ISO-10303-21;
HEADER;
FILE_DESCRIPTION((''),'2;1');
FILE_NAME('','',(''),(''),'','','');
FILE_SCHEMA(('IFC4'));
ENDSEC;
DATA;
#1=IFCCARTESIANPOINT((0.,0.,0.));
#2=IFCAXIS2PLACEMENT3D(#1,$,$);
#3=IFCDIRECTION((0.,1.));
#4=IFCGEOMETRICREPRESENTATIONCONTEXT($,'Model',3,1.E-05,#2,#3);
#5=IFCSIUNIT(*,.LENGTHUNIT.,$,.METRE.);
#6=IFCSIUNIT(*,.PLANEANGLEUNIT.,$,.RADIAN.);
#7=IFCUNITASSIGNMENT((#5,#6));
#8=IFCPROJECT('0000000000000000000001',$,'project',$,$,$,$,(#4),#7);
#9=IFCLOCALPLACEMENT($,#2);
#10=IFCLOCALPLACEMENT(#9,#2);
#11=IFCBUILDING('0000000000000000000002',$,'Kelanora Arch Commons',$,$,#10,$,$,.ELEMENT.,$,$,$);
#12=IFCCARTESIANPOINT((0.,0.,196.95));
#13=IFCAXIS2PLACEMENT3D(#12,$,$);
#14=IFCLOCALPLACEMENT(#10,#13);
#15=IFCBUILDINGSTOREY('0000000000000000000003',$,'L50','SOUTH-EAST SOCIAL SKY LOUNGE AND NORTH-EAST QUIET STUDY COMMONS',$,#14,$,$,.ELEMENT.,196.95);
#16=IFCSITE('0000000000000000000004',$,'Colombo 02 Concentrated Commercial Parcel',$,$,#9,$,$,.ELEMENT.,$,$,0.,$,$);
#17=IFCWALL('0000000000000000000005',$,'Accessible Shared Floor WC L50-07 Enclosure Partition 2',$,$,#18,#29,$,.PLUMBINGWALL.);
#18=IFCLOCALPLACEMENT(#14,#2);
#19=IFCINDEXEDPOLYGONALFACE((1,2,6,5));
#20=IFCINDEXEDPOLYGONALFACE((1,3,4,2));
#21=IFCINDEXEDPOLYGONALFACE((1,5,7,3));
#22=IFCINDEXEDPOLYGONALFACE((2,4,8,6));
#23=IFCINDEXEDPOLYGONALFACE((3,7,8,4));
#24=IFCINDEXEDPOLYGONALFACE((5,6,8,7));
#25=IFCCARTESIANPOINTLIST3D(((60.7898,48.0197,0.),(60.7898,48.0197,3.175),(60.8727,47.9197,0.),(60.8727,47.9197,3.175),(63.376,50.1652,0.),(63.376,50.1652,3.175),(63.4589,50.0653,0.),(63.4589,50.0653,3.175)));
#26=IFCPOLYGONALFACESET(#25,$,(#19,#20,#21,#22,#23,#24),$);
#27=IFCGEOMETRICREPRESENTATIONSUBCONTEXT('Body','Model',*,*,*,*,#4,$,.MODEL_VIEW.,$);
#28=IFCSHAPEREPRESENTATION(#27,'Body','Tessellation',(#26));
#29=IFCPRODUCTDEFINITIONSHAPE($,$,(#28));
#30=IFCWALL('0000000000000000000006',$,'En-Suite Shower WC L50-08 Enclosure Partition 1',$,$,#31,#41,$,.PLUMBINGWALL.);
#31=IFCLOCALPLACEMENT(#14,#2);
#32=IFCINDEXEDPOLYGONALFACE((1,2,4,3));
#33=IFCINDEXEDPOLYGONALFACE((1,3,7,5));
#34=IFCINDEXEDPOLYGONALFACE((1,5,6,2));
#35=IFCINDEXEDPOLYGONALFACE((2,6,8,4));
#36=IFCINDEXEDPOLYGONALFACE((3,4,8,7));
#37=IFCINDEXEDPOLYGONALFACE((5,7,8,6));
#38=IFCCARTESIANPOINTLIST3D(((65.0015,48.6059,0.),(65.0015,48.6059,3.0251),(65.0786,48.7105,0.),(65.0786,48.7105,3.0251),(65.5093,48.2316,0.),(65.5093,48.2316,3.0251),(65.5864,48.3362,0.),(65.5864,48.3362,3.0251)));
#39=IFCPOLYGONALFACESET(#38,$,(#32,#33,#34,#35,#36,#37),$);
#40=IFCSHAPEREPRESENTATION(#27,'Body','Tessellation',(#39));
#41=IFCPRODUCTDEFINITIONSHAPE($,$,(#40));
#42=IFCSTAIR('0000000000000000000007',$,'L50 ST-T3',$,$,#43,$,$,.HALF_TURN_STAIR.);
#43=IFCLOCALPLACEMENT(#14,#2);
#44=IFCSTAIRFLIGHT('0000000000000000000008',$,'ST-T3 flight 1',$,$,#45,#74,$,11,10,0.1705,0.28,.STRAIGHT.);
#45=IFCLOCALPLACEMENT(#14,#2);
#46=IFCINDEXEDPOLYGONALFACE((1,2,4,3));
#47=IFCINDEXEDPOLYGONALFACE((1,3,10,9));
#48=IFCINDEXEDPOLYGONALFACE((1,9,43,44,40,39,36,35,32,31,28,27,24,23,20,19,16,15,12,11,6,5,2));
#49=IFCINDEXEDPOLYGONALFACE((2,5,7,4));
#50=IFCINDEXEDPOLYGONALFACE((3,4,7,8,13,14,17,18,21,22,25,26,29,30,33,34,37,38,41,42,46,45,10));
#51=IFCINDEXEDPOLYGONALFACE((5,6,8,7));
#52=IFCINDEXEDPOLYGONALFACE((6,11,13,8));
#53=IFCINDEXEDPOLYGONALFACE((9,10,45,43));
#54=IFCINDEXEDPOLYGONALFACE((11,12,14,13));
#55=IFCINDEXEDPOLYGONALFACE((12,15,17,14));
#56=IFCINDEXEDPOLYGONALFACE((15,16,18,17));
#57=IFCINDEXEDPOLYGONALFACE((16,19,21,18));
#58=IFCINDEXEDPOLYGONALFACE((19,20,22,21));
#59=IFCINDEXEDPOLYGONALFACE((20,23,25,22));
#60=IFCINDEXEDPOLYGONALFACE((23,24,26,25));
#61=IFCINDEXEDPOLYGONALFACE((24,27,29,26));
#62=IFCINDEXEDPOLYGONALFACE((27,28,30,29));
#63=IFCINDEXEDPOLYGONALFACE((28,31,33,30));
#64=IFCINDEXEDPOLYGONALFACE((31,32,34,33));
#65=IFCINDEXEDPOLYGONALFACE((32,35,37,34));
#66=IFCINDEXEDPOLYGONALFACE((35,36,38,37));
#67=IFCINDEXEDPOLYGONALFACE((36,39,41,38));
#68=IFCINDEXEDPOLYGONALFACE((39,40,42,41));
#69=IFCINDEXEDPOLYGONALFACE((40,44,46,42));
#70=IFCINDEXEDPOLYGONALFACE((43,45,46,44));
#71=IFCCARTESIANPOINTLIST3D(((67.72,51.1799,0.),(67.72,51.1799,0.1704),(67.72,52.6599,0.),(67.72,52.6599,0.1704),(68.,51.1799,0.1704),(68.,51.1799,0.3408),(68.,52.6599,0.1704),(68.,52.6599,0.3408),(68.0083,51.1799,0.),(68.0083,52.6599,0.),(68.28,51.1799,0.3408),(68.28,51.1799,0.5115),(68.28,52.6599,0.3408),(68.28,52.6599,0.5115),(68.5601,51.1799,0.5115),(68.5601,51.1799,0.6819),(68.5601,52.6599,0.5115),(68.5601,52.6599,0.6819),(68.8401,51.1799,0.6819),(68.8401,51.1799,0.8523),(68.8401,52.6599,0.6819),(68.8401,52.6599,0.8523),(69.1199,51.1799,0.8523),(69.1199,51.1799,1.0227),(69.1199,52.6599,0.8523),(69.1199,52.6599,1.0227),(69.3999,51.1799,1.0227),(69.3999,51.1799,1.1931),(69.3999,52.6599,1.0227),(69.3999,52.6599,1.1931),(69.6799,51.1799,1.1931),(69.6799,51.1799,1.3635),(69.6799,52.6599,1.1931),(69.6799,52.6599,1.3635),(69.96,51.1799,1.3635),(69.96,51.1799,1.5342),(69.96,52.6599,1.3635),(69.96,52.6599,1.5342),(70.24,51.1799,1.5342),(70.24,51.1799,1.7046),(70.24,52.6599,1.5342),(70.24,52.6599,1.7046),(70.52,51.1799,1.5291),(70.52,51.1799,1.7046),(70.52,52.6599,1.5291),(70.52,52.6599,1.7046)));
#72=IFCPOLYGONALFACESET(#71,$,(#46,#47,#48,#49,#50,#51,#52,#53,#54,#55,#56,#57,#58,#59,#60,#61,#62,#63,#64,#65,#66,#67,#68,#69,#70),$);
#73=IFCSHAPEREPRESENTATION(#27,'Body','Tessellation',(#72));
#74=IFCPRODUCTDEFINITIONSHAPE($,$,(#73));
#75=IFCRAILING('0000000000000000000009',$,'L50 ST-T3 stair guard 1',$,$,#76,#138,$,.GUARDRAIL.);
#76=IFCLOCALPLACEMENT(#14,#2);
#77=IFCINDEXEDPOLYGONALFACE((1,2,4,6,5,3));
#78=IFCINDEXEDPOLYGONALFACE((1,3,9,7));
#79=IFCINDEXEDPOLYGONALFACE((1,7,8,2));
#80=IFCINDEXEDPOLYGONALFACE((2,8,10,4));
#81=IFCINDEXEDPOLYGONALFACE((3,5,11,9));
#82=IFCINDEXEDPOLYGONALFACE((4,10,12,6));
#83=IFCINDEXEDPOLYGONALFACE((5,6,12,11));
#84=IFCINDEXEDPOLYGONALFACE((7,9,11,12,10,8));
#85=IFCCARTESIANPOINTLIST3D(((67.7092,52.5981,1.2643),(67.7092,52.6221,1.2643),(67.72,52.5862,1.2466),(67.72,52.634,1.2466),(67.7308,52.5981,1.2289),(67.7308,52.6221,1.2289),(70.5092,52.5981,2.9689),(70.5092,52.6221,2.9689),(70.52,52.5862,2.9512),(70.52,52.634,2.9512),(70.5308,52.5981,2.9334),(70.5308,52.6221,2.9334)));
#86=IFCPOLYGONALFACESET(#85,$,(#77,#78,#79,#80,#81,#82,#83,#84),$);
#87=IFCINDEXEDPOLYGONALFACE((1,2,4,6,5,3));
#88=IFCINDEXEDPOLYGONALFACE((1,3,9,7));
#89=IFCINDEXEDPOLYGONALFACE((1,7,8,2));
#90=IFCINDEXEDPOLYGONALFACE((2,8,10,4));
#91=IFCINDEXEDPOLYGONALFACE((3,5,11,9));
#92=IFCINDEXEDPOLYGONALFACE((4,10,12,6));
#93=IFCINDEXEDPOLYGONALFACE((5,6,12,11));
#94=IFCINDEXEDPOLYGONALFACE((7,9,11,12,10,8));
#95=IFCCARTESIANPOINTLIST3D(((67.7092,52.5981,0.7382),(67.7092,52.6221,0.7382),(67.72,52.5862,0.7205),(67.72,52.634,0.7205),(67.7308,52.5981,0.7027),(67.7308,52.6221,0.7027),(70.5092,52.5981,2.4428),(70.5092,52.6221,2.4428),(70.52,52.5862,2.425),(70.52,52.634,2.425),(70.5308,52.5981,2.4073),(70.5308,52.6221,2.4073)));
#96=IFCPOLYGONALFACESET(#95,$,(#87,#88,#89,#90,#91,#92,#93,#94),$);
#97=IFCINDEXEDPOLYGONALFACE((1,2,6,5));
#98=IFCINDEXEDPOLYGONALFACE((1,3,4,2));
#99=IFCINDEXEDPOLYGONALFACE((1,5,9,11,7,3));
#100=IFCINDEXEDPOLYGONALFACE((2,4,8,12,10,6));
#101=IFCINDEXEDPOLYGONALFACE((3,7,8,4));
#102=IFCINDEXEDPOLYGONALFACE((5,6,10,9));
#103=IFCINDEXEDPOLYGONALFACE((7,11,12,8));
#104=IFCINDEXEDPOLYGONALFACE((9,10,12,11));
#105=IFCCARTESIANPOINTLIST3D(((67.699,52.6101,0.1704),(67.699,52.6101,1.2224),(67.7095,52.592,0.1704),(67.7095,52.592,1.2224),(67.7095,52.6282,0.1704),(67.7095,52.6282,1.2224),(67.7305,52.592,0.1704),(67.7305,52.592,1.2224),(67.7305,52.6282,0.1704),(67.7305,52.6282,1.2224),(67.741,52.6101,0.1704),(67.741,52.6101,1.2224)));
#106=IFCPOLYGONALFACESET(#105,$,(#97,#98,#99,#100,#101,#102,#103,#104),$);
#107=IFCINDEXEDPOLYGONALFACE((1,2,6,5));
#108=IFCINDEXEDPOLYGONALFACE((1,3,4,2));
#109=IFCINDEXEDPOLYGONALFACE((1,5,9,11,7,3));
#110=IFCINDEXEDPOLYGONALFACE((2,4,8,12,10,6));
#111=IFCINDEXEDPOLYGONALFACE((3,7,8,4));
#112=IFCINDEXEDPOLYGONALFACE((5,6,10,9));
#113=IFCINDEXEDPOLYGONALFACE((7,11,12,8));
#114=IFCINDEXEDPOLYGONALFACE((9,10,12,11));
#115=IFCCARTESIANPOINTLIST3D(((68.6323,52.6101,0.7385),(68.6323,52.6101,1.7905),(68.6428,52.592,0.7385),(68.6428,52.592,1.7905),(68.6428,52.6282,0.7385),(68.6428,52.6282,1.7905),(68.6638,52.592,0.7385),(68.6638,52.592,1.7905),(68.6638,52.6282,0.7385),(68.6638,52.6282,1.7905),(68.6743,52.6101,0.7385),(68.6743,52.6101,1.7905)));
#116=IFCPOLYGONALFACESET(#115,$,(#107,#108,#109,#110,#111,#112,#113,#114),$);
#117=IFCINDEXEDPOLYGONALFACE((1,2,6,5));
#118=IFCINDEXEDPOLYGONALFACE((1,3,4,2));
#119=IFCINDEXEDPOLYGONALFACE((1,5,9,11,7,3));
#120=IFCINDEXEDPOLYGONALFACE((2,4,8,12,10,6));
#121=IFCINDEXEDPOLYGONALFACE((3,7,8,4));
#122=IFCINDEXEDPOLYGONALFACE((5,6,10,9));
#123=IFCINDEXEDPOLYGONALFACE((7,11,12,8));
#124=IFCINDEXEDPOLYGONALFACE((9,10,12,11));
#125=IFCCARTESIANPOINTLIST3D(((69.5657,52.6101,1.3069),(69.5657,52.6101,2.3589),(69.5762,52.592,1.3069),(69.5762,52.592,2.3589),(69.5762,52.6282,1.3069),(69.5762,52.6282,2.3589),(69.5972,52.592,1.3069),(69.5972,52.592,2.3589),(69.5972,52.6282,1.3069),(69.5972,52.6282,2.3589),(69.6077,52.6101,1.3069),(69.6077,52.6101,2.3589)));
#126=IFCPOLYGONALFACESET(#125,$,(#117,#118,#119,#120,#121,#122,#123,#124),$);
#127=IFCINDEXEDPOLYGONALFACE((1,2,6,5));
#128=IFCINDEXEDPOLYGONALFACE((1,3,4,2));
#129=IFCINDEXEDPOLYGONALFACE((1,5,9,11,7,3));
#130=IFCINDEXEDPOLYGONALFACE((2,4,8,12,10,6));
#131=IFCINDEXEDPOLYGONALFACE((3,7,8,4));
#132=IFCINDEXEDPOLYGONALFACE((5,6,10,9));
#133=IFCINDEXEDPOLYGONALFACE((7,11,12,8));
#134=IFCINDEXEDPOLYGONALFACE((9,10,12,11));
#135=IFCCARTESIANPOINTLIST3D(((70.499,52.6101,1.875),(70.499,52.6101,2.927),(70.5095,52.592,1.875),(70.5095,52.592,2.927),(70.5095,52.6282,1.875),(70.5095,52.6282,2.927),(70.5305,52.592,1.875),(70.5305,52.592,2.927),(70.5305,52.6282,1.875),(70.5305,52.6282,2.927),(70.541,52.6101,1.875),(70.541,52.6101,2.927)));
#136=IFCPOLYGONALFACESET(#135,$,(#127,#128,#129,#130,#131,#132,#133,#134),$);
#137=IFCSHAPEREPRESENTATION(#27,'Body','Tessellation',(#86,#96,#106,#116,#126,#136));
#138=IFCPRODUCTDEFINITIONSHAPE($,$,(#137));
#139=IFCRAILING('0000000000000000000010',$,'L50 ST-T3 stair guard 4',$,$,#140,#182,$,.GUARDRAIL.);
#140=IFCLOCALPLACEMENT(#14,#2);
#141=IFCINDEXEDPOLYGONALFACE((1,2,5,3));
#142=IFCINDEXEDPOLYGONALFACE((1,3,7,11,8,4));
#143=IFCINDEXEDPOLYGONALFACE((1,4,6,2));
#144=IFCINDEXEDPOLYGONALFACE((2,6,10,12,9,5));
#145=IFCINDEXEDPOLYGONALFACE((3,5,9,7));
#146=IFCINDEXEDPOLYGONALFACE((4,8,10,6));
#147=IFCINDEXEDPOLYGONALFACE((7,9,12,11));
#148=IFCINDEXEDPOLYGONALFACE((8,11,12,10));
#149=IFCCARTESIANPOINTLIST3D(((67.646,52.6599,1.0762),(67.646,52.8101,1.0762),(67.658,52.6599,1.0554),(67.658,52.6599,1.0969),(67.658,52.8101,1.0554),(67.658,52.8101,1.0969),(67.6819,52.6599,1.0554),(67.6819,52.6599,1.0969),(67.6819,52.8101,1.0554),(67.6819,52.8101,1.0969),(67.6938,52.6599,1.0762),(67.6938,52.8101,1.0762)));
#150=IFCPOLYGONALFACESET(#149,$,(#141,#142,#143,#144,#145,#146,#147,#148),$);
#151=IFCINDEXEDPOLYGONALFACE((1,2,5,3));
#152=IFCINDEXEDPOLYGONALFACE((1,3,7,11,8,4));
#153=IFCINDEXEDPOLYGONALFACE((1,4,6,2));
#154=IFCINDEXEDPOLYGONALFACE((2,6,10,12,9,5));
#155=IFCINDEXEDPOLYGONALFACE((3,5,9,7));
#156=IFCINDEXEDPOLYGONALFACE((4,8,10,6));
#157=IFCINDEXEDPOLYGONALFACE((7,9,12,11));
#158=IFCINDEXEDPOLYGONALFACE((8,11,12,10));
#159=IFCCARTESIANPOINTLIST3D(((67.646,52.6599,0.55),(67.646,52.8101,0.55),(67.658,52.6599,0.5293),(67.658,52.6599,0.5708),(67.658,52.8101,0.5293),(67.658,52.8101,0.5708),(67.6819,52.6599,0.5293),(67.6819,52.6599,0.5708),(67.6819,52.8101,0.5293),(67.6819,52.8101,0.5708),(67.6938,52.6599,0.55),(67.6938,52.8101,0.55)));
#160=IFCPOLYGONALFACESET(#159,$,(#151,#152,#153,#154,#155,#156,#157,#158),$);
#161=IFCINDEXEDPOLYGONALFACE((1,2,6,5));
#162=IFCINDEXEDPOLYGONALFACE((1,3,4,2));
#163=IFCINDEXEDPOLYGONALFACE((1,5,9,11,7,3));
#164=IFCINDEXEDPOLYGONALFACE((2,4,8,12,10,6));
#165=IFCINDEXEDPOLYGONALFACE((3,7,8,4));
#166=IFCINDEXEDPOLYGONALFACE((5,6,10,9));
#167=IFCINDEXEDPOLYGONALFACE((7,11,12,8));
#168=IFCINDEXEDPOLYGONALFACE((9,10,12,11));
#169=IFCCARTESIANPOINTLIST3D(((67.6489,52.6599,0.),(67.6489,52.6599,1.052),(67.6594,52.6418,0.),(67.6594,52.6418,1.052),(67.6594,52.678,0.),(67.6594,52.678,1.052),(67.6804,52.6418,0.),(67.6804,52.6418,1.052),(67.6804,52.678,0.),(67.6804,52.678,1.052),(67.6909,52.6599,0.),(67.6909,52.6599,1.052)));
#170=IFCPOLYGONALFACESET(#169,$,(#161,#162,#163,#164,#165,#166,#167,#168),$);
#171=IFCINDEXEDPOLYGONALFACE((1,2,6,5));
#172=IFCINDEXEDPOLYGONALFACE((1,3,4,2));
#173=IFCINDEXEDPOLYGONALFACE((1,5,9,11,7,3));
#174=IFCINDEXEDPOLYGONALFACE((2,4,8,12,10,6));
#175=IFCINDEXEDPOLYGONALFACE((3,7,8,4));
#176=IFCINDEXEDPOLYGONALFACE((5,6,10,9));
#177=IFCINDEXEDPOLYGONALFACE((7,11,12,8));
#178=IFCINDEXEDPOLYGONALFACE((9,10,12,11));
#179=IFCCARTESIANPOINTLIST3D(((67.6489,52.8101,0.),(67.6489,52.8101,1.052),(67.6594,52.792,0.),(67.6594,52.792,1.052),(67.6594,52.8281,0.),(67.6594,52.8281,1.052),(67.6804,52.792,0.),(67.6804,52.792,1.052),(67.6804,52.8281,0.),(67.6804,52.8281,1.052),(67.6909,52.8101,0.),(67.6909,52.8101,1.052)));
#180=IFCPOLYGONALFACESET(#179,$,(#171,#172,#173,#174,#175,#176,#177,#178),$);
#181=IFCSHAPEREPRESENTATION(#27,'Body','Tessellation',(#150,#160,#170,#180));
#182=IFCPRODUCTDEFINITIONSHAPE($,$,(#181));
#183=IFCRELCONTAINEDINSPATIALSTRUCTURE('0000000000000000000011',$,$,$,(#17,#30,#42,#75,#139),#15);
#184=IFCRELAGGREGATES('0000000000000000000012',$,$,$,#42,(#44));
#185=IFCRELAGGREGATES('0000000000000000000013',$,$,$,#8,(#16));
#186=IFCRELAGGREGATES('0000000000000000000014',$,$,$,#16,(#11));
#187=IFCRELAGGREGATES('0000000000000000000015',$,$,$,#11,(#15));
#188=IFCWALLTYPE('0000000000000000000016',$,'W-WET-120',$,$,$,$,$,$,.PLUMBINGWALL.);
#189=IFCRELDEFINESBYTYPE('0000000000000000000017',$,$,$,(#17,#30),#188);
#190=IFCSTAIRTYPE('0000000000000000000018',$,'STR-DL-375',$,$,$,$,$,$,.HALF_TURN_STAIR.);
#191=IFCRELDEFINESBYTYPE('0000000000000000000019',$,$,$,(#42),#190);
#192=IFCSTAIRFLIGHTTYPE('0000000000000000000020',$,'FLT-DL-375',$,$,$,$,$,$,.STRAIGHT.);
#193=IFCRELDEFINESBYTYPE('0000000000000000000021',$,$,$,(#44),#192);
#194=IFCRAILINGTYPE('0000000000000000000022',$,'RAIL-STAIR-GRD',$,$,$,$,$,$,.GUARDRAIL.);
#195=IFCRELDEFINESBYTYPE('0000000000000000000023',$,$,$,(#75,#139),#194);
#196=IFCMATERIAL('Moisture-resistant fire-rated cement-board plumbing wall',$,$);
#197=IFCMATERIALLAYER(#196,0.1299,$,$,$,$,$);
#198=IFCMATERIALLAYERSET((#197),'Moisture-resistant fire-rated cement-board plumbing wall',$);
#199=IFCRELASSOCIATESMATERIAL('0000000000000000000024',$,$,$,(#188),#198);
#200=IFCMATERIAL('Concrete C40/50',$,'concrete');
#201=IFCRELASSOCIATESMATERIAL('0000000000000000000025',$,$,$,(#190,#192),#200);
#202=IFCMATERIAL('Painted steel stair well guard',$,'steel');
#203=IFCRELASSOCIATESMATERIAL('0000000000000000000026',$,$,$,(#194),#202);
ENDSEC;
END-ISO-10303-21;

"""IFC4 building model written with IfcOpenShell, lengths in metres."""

from ifc_helpers import new_model, si_unit, direction, frame, frame_2d, origin, place, context, subcontext, project, spatial, polyline, rectangle, outline, extrude, material, layer, layer_set, type_object, element, aggregate, save


model = new_model("IFC4")

# Units and contexts
model_context = context("Model", 3, precision=1e-05, world=origin(), true_north=direction((0.0, 1.0)))
body_context = subcontext(model_context, "Body", "Model", "MODEL_VIEW")
ifc_project = project(units=[si_unit("LENGTHUNIT", "METRE"), si_unit("PLANEANGLEUNIT", "RADIAN")], contexts=[model_context])

# Site, building, storey
site_placement = place(None, origin())
site = spatial("IfcSite", under=ifc_project, at=site_placement, Name="Colombo 02 Concentrated Commercial Parcel", CompositionType="ELEMENT", RefElevation=0.0)
building_placement = place(site_placement, origin())
building = spatial("IfcBuilding", under=site, at=building_placement, Name="Kelanora Arch Commons", CompositionType="ELEMENT")
storey_placement = place(building_placement, frame((0.0, 0.0, 196.95)))
storey = spatial("IfcBuildingStorey", under=building, at=storey_placement, Name="L50", Description="SOUTH-EAST SOCIAL SKY LOUNGE AND NORTH-EAST QUIET STUDY COMMONS", CompositionType="ELEMENT", Elevation=196.95)

# Shared definitions
ifc_material_1 = material(Name="Concrete C40/50", Category="concrete")

# Shared definitions
ifc_material_2 = material(Name="Moisture-resistant fire-rated cement-board plumbing wall")
ifc_layer_1 = layer(ifc_material_2, 0.1299)
ifc_layer_set_1 = layer_set([ifc_layer_1], Name="Moisture-resistant fire-rated cement-board plumbing wall")
wall_type_1 = type_object("IfcWallType", Name="W-WET-120", PredefinedType="PLUMBINGWALL", material=ifc_layer_set_1)

# Walls
wall_1_placement = place(storey_placement, frame((63.4175, 50.1152, 0.0), z_axis=(0.0, 0.0, 1.0), x_axis=(-0.769631, -0.638489, 0.0)))
element("IfcWall", 1, at=wall_1_placement, inside=storey, type_object=wall_type_1, Name="Accessible Shared Floor WC L50-07 Enclosure Partition 2", PredefinedType="PLUMBINGWALL", context=body_context, shape_type="SweptSolid", body=[
    extrude(rectangle(XDim=3.3604, YDim=0.1299, at=frame_2d((1.6802, 0.0))), origin(), (0.0, 0.0, 1.0), 3.175),
])
wall_2_placement = place(storey_placement, frame((65.04, 48.6582, 0.0), z_axis=(0.0, 0.0, 1.0), x_axis=(0.804988, -0.593291, 0.0)))
element("IfcWall", 2, at=wall_2_placement, inside=storey, type_object=wall_type_1, Name="En-Suite Shower WC L50-08 Enclosure Partition 1", PredefinedType="PLUMBINGWALL", context=body_context, shape_type="SweptSolid", body=[
    extrude(rectangle(XDim=0.6309, YDim=0.1299, at=frame_2d((0.3154, 0.0))), origin(), (0.0, 0.0, 1.0), 3.0251),
])

# Stair, stair flight
stair_type = type_object("IfcStairType", Name="STR-DL-375", PredefinedType="HALF_TURN_STAIR", material=ifc_material_1)
stair_placement = place(storey_placement, origin())
stair = element("IfcStair", 3, at=stair_placement, inside=storey, type_object=stair_type, Name="L50 ST-T3", PredefinedType="HALF_TURN_STAIR")
stair_flight_type = type_object("IfcStairFlightType", Name="FLT-DL-375", PredefinedType="STRAIGHT", material=ifc_material_1)
stair_flight_placement = place(storey_placement, frame((67.72, 51.9199, 0.0), z_axis=(0.0, 0.0, 1.0), x_axis=(1.0, 0.0, 0.0)))
stair_flight = element("IfcStairFlight", 4, at=stair_flight_placement, type_object=stair_flight_type, Name="ST-T3 flight 1", NumberOfRisers=11, NumberOfTreads=10, PredefinedType="STRAIGHT", RiserHeight=0.1705, TreadLength=0.28, context=body_context, shape_type="SweptSolid", body=[
    extrude(outline(polyline([(0.0, 0.0), (0.0, 0.1704), (0.28, 0.1704), (0.28, 0.3408), (0.5601, 0.3408), (0.5601, 0.5115), (0.8401, 0.5115), (0.8401, 0.6819), (1.1201, 0.6819), (1.1201, 0.8523), (1.3999, 0.8523), (1.3999, 1.0227), (1.6799, 1.0227), (1.6799, 1.1931), (1.96, 1.1931), (1.96, 1.3635), (2.24, 1.3635), (2.24, 1.5342), (2.52, 1.5342), (2.52, 1.7046), (2.8, 1.7046), (2.8, 1.875), (2.8, 1.5291), (0.2883, 0.0), (0.0, 0.0)])), frame((0.0, 0.74, 0.0), z_axis=(0.0, -1.0, 0.0), x_axis=(1.0, 0.0, 0.0)), (0.0, 0.0, 1.0), 1.48),
])
aggregate(stair, [stair_flight])

# Railings
ifc_material_3 = material(Name="Painted steel stair well guard", Category="steel")
railing_type_1 = type_object("IfcRailingType", Name="RAIL-STAIR-GRD", PredefinedType="GUARDRAIL", material=ifc_material_3)
railing_1_placement = place(storey_placement, frame((67.72, 52.6101, 0.1704)))
element("IfcRailing", 5, at=railing_1_placement, inside=storey, type_object=railing_type_1, Name="L50 ST-T3 stair guard 1", PredefinedType="GUARDRAIL", context=body_context, shape_type="SweptSolid", body=[
    extrude(outline(polyline([(0.0239, 0.0), (0.012, 0.0208), (-0.012, 0.0208), (-0.0239, 0.0), (-0.012, -0.0208), (0.012, -0.0208), (0.0239, 0.0)])), frame((0.0, 0.0, 1.0762), z_axis=(0.85417, 0.0, 0.519994), x_axis=(0.0, 1.0, 0.0)), (0.0, 0.0, 1.0), 3.2781),
    extrude(outline(polyline([(0.0239, 0.0), (0.012, 0.0208), (-0.012, 0.0208), (-0.0239, 0.0), (-0.012, -0.0208), (0.012, -0.0208), (0.0239, 0.0)])), frame((0.0, 0.0, 0.55), z_axis=(0.85417, 0.0, 0.519994), x_axis=(0.0, 1.0, 0.0)), (0.0, 0.0, 1.0), 3.2781),
    extrude(outline(polyline([(0.021, 0.0), (0.0105, 0.0181), (-0.0105, 0.0181), (-0.021, 0.0), (-0.0105, -0.0181), (0.0105, -0.0181), (0.021, 0.0)])), origin(), (0.0, 0.0, 1.0), 1.052),
    extrude(outline(polyline([(0.021, 0.0), (0.0105, 0.0181), (-0.0105, 0.0181), (-0.021, 0.0), (-0.0105, -0.0181), (0.0105, -0.0181), (0.021, 0.0)])), frame((0.9333, 0.0, 0.5681)), (0.0, 0.0, 1.0), 1.052),
    extrude(outline(polyline([(0.021, 0.0), (0.0105, 0.0181), (-0.0105, 0.0181), (-0.021, 0.0), (-0.0105, -0.0181), (0.0105, -0.0181), (0.021, 0.0)])), frame((1.8667, 0.0, 1.1365)), (0.0, 0.0, 1.0), 1.052),
    extrude(outline(polyline([(0.021, 0.0), (0.0105, 0.0181), (-0.0105, 0.0181), (-0.021, 0.0), (-0.0105, -0.0181), (0.0105, -0.0181), (0.021, 0.0)])), frame((2.8, 0.0, 1.7046)), (0.0, 0.0, 1.0), 1.052),
])
railing_2_placement = place(storey_placement, frame((67.6699, 52.6599, 0.0)))
element("IfcRailing", 6, at=railing_2_placement, inside=storey, type_object=railing_type_1, Name="L50 ST-T3 stair guard 4", PredefinedType="GUARDRAIL", context=body_context, shape_type="SweptSolid", body=[
    extrude(outline(polyline([(0.0239, 0.0), (0.012, 0.0208), (-0.012, 0.0208), (-0.0239, 0.0), (-0.012, -0.0208), (0.012, -0.0208), (0.0239, 0.0)])), frame((0.0, 0.0, 1.0762), z_axis=(0.0, 1.0, 0.0), x_axis=(-1.0, 0.0, 0.0)), (0.0, 0.0, 1.0), 0.1501),
    extrude(outline(polyline([(0.0239, 0.0), (0.012, 0.0208), (-0.012, 0.0208), (-0.0239, 0.0), (-0.012, -0.0208), (0.012, -0.0208), (0.0239, 0.0)])), frame((0.0, 0.0, 0.55), z_axis=(0.0, 1.0, 0.0), x_axis=(-1.0, 0.0, 0.0)), (0.0, 0.0, 1.0), 0.1501),
    extrude(outline(polyline([(0.021, 0.0), (0.0105, 0.0181), (-0.0105, 0.0181), (-0.021, 0.0), (-0.0105, -0.0181), (0.0105, -0.0181), (0.021, 0.0)])), origin(), (0.0, 0.0, 1.0), 1.052),
    extrude(outline(polyline([(0.021, 0.0), (0.0105, 0.0181), (-0.0105, 0.0181), (-0.021, 0.0), (-0.0105, -0.0181), (0.0105, -0.0181), (0.021, 0.0)])), frame((0.0, 0.1501, 0.0)), (0.0, 0.0, 1.0), 1.052),
])

save(model, "model.ifc")
